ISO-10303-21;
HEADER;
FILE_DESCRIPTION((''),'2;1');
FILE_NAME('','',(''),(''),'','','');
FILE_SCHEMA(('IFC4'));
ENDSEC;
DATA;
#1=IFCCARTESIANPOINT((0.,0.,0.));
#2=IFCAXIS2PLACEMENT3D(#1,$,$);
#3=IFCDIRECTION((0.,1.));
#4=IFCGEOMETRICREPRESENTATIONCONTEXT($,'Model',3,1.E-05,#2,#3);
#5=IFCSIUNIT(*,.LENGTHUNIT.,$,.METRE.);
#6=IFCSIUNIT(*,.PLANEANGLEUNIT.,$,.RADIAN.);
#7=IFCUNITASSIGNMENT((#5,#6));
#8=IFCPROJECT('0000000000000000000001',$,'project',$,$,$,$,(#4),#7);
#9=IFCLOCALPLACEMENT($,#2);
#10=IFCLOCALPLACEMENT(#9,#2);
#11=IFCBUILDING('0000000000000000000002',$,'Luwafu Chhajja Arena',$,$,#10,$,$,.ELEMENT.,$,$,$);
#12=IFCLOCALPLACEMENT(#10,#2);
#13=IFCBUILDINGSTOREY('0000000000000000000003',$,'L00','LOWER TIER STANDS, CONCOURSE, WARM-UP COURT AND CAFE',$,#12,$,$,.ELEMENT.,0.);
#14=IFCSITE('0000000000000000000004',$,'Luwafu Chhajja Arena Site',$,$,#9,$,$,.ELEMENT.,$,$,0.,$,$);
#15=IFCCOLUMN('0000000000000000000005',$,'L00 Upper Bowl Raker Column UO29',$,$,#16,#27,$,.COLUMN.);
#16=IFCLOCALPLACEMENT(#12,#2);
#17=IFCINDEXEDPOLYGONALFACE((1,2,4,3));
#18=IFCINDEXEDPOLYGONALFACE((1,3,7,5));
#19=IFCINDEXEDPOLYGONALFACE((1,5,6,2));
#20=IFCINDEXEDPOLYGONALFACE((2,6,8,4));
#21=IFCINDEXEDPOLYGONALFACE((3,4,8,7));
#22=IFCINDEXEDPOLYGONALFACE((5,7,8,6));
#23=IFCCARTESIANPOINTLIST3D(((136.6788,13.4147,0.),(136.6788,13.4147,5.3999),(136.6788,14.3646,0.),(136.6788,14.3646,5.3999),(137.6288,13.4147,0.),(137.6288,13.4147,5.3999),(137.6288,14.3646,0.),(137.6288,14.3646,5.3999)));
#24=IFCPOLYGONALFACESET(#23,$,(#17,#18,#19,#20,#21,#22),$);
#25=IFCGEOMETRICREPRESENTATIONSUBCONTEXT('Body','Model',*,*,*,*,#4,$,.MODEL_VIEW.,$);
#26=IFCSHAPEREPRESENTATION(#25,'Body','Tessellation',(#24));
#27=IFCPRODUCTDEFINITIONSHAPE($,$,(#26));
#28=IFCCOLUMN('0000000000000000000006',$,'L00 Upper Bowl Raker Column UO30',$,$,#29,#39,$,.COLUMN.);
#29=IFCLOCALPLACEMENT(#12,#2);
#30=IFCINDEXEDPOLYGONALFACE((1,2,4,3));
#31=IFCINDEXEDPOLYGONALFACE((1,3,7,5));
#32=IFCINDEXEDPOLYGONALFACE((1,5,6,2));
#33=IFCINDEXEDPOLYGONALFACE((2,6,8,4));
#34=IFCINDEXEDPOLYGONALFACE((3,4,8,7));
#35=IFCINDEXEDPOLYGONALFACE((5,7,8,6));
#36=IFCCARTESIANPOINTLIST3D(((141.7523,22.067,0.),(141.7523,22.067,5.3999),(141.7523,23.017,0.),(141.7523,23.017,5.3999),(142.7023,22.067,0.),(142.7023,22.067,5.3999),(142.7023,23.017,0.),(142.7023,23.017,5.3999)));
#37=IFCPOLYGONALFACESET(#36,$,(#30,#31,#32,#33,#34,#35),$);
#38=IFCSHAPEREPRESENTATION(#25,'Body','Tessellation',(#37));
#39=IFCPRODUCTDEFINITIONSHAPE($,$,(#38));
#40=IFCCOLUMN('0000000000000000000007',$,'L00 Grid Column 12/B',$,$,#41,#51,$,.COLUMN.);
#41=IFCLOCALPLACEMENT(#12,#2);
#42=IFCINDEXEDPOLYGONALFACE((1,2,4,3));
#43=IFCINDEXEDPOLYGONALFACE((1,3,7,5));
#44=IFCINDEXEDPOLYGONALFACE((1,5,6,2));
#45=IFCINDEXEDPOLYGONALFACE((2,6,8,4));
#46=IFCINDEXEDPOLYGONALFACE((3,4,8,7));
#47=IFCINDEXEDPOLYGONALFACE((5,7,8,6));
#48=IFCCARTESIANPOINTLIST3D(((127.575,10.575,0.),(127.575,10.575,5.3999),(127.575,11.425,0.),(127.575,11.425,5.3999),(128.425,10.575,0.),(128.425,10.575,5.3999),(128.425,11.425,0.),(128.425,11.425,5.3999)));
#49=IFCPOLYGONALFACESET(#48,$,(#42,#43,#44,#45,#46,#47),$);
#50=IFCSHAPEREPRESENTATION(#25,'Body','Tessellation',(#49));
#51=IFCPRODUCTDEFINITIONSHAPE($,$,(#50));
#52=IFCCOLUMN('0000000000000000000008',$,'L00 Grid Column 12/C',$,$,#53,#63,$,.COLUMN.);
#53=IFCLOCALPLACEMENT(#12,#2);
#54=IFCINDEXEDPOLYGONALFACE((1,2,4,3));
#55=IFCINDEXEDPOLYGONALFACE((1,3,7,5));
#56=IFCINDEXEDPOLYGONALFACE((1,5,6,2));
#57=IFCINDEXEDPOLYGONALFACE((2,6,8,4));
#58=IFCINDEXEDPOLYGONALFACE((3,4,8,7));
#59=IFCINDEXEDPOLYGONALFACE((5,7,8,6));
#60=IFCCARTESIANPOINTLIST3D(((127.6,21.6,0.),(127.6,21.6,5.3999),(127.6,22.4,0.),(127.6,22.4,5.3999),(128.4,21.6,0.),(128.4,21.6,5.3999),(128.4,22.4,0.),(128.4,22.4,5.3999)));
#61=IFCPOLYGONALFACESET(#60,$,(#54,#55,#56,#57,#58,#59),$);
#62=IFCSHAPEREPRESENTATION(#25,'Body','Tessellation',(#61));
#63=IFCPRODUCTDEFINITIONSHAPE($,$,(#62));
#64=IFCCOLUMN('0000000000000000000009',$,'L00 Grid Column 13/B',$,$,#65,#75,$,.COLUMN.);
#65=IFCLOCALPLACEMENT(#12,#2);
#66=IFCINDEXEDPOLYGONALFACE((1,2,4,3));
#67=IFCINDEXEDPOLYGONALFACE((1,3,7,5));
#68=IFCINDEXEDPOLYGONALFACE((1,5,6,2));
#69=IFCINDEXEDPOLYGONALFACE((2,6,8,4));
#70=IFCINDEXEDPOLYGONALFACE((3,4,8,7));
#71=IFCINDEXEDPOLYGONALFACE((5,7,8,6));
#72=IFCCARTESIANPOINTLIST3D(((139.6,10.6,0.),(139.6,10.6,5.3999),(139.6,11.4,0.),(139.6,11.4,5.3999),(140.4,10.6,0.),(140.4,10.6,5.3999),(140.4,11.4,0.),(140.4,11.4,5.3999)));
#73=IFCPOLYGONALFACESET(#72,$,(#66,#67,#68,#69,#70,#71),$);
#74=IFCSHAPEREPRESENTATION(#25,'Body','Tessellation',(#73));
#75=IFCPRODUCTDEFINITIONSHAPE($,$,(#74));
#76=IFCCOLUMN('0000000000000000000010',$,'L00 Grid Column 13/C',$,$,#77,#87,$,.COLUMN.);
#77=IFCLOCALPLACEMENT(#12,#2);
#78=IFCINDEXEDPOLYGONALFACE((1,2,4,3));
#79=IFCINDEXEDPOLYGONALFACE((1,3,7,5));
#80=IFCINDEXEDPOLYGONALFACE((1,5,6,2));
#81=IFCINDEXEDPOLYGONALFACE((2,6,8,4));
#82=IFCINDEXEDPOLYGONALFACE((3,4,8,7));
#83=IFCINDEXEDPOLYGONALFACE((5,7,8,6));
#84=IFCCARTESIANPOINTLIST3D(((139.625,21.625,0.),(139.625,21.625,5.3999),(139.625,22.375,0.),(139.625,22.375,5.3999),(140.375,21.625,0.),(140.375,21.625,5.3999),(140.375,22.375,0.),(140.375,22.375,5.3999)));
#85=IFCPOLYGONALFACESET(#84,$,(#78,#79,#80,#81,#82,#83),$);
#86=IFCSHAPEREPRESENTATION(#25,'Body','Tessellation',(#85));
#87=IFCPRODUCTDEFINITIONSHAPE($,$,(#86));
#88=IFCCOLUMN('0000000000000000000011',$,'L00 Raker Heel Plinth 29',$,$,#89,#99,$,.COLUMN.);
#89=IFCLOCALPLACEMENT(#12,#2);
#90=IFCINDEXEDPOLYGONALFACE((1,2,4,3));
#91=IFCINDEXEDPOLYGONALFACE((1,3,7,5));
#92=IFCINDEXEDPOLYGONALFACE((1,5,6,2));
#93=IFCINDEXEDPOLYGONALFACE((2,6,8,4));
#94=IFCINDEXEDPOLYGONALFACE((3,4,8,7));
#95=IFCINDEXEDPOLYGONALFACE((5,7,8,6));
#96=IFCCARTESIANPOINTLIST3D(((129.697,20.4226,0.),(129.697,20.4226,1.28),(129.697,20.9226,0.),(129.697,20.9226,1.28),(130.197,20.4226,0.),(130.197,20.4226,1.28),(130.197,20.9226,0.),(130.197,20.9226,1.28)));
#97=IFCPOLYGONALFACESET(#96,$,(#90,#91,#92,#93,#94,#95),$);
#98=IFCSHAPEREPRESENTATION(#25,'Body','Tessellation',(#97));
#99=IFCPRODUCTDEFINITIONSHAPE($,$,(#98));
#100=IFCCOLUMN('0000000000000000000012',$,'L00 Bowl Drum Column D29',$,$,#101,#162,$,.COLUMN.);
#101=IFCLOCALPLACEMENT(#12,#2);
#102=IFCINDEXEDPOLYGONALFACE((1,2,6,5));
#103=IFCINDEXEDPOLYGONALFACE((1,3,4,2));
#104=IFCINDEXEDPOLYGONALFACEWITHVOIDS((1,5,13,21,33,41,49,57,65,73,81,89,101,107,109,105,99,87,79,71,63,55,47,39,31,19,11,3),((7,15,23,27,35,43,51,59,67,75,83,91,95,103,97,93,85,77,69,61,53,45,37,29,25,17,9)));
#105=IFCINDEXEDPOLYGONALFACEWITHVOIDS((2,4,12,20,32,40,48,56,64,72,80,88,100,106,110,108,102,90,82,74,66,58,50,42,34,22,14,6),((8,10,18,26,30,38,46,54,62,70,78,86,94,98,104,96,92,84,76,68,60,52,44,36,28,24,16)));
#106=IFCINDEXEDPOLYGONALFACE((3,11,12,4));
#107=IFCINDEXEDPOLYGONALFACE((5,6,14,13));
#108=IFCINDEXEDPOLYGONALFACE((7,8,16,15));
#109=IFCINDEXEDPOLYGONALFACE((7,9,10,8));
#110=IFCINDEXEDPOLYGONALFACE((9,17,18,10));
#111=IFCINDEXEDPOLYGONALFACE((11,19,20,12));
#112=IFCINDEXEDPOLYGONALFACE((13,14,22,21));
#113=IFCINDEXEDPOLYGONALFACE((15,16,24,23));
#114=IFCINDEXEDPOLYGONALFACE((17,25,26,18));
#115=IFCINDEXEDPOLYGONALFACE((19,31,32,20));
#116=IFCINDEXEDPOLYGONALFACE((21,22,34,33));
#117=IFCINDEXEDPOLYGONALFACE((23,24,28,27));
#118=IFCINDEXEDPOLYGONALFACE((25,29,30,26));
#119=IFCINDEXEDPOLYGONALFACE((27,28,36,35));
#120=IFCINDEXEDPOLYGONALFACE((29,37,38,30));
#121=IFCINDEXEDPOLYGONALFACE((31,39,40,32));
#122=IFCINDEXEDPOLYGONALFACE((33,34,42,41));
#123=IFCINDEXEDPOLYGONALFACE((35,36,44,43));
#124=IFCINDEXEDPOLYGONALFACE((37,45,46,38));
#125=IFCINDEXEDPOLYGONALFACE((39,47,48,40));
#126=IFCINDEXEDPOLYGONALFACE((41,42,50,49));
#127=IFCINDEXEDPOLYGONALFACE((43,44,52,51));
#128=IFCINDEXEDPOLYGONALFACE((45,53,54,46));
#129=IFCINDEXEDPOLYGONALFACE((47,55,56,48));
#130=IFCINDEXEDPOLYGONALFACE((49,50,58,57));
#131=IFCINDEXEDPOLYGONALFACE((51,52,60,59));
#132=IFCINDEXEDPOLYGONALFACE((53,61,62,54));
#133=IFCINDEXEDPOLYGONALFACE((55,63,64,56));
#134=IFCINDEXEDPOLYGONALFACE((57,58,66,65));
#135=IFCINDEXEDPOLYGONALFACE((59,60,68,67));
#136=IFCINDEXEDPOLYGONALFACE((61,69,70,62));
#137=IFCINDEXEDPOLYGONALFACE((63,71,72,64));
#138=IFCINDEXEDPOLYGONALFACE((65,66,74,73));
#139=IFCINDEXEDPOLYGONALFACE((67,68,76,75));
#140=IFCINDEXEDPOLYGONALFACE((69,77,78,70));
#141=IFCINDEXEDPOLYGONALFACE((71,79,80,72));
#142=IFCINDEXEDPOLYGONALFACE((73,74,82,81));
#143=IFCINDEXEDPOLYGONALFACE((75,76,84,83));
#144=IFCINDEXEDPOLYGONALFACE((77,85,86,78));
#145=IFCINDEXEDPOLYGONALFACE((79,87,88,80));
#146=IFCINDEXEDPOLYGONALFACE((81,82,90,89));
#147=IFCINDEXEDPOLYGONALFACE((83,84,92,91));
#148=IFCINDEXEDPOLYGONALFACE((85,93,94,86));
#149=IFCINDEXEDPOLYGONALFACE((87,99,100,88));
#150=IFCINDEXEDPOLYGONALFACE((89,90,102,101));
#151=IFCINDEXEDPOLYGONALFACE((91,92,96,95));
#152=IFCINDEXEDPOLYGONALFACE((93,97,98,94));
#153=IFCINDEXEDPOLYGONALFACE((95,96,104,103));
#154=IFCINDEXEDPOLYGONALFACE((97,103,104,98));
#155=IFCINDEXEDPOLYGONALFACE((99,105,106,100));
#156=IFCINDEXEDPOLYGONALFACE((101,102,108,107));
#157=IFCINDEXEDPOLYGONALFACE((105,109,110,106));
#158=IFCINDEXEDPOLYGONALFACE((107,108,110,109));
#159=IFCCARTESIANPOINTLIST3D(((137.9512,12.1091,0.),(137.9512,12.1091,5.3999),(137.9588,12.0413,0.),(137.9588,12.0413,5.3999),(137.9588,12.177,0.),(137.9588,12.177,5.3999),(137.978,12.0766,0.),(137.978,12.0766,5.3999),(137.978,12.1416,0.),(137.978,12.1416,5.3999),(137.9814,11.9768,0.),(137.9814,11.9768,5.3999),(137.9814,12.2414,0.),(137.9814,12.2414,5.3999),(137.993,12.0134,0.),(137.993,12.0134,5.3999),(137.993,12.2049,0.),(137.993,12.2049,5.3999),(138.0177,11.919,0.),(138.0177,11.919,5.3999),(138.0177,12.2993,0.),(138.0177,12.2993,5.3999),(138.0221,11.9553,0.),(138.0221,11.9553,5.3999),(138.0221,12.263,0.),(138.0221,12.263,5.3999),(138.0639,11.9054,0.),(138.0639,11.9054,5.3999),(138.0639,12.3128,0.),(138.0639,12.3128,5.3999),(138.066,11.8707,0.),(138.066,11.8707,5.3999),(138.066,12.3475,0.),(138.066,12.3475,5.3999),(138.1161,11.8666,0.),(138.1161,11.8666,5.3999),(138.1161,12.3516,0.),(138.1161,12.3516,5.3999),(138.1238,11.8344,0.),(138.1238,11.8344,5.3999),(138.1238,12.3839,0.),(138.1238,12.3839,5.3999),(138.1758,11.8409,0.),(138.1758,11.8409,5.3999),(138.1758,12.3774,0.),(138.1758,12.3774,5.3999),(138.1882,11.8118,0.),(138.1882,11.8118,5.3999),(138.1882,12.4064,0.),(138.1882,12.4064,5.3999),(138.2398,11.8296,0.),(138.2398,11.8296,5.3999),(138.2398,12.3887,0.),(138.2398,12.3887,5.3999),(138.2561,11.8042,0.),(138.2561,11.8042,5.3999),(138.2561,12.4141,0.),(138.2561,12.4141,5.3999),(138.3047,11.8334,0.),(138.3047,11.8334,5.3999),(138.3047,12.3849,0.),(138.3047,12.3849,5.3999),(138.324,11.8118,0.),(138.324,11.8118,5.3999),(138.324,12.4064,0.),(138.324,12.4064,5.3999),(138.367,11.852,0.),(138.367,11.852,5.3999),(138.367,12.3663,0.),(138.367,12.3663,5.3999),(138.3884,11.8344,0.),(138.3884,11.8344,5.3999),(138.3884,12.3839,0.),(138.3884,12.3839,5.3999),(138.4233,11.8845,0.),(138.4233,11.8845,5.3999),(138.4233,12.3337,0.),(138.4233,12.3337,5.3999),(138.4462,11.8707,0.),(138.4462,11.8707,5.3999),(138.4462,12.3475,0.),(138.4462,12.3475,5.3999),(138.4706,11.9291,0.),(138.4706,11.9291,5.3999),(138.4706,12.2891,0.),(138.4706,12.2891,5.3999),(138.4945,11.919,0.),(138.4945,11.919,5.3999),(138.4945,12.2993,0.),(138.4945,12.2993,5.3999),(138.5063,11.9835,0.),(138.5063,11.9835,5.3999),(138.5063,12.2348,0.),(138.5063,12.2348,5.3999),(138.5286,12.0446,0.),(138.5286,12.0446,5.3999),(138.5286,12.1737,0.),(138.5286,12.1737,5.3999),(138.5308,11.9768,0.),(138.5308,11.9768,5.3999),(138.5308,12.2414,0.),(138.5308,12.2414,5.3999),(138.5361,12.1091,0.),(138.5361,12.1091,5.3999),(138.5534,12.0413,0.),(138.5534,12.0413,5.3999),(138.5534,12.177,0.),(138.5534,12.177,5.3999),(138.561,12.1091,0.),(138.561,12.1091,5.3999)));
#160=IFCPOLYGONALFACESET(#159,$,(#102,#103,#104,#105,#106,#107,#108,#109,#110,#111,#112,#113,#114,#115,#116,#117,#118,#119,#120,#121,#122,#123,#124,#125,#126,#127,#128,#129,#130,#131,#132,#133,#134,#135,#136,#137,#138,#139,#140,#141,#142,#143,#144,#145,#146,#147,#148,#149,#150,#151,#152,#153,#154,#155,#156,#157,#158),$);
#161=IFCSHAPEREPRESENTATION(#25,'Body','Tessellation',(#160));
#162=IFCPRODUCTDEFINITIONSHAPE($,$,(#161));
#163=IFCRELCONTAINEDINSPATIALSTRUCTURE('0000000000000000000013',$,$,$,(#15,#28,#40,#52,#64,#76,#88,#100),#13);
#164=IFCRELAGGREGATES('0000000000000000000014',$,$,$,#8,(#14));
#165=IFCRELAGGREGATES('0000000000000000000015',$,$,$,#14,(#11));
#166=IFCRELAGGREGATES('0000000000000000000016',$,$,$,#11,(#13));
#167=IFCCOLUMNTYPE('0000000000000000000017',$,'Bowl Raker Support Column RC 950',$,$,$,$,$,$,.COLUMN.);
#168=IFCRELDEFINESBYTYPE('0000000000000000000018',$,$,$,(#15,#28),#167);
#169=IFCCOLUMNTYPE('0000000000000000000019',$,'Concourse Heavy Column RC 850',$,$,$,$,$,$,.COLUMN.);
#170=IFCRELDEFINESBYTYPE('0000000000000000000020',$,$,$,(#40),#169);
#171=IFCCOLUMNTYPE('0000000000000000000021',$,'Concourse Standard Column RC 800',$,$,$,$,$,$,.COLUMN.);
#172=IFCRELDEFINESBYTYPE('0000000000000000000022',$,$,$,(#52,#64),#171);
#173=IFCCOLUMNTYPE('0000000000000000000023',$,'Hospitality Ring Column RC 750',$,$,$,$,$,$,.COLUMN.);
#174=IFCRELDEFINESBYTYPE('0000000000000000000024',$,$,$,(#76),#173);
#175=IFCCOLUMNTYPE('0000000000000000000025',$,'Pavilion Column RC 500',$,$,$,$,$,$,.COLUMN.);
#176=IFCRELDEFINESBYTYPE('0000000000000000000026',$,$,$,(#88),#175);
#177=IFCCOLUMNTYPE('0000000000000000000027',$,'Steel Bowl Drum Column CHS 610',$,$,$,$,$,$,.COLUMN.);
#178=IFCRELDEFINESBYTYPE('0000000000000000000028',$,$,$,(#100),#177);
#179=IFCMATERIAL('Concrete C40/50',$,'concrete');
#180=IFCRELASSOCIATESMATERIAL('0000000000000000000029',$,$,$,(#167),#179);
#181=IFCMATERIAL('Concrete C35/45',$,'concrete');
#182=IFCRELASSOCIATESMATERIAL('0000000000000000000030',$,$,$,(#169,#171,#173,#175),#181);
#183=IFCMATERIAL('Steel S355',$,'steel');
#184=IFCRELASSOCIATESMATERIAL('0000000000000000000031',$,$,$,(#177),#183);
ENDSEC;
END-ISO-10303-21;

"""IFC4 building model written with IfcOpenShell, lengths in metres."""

from ifc_helpers import new_model, si_unit, direction, frame, origin, origin_2d, place, context, subcontext, project, spatial, rectangle, hollow_circle, extrude, material, material_profile, profile_set, type_object, element, save


model = new_model("IFC4")

# Units and contexts
model_context = context("Model", 3, precision=1e-05, world=origin(), true_north=direction((0.0, 1.0)))
body_context = subcontext(model_context, "Body", "Model", "MODEL_VIEW")
ifc_project = project(units=[si_unit("LENGTHUNIT", "METRE"), si_unit("PLANEANGLEUNIT", "RADIAN")], contexts=[model_context])

# Site, building, storey
site_placement = place(None, origin())
site = spatial("IfcSite", under=ifc_project, at=site_placement, Name="Luwafu Chhajja Arena Site", CompositionType="ELEMENT", RefElevation=0.0)
building_placement = place(site_placement, origin())
building = spatial("IfcBuilding", under=site, at=building_placement, Name="Luwafu Chhajja Arena", CompositionType="ELEMENT")
storey_placement = place(building_placement, origin())
storey = spatial("IfcBuildingStorey", under=building, at=storey_placement, Name="L00", Description="LOWER TIER STANDS, CONCOURSE, WARM-UP COURT AND CAFE", CompositionType="ELEMENT", Elevation=0.0)

# Columns
ifc_material_1 = material(Name="Concrete C40/50", Category="concrete")
ifc_material_profile_1 = material_profile(ifc_material_1, rectangle(XDim=0.95, YDim=0.95, at=origin_2d()), Name="RC 950x950")
ifc_profile_set_1 = profile_set([ifc_material_profile_1], Name="Concrete C40/50")
column_type_1 = type_object("IfcColumnType", Name="Bowl Raker Support Column RC 950", PredefinedType="COLUMN", material=ifc_profile_set_1)
for number, where, z_axis, x_axis, name in (
    (1, (137.1538, 13.8896, 0.0), (0.0, 0.0, 1.0), (1.0, 0.0, 0.0), "L00 Upper Bowl Raker Column UO29"),
    (2, (142.2273, 22.542, 0.0), (0.0, 0.0, 1.0), (1.0, 0.0, 0.0), "L00 Upper Bowl Raker Column UO30"),
):
    element("IfcColumn", number, at=place(storey_placement, frame(where, z_axis=z_axis, x_axis=x_axis)), inside=storey, type_object=column_type_1, Name=name, PredefinedType="COLUMN", context=body_context, shape_type="SweptSolid", body=[
        extrude(rectangle(XDim=0.95, YDim=0.95, at=origin_2d()), origin(), (0.0, 0.0, 1.0), 5.3999),
    ])
ifc_material_2 = material(Name="Concrete C35/45", Category="concrete")
ifc_material_profile_2 = material_profile(ifc_material_2, rectangle(XDim=0.8501, YDim=0.8501, at=origin_2d()), Name="RC 850x850")
ifc_profile_set_2 = profile_set([ifc_material_profile_2], Name="Concrete C35/45")
column_type_2 = type_object("IfcColumnType", Name="Concourse Heavy Column RC 850", PredefinedType="COLUMN", material=ifc_profile_set_2)
column_1_placement = place(storey_placement, frame((128.0, 11.0, 0.0), z_axis=(0.0, 0.0, 1.0), x_axis=(1.0, 0.0, 0.0)))
element("IfcColumn", 3, at=column_1_placement, inside=storey, type_object=column_type_2, Name="L00 Grid Column 12/B", PredefinedType="COLUMN", context=body_context, shape_type="SweptSolid", body=[
    extrude(rectangle(XDim=0.8501, YDim=0.8501, at=origin_2d()), origin(), (0.0, 0.0, 1.0), 5.3999),
])
ifc_material_profile_3 = material_profile(ifc_material_2, rectangle(XDim=0.8, YDim=0.8, at=origin_2d()), Name="RC 800x800")
ifc_profile_set_3 = profile_set([ifc_material_profile_3], Name="Concrete C35/45")
column_type_3 = type_object("IfcColumnType", Name="Concourse Standard Column RC 800", PredefinedType="COLUMN", material=ifc_profile_set_3)
for number, where, z_axis, x_axis, name in (
    (4, (128.0, 22.0, 0.0), (0.0, 0.0, 1.0), (1.0, 0.0, 0.0), "L00 Grid Column 12/C"),
    (5, (140.0, 11.0, 0.0), (0.0, 0.0, 1.0), (1.0, 0.0, 0.0), "L00 Grid Column 13/B"),
):
    element("IfcColumn", number, at=place(storey_placement, frame(where, z_axis=z_axis, x_axis=x_axis)), inside=storey, type_object=column_type_3, Name=name, PredefinedType="COLUMN", context=body_context, shape_type="SweptSolid", body=[
        extrude(rectangle(XDim=0.8, YDim=0.8, at=origin_2d()), origin(), (0.0, 0.0, 1.0), 5.3999),
    ])
ifc_material_profile_4 = material_profile(ifc_material_2, rectangle(XDim=0.75, YDim=0.75, at=origin_2d()), Name="RC 750x750")
ifc_profile_set_4 = profile_set([ifc_material_profile_4], Name="Concrete C35/45")
column_type_4 = type_object("IfcColumnType", Name="Hospitality Ring Column RC 750", PredefinedType="COLUMN", material=ifc_profile_set_4)
column_2_placement = place(storey_placement, frame((140.0, 22.0, 0.0), z_axis=(0.0, 0.0, 1.0), x_axis=(1.0, 0.0, 0.0)))
element("IfcColumn", 6, at=column_2_placement, inside=storey, type_object=column_type_4, Name="L00 Grid Column 13/C", PredefinedType="COLUMN", context=body_context, shape_type="SweptSolid", body=[
    extrude(rectangle(XDim=0.75, YDim=0.75, at=origin_2d()), origin(), (0.0, 0.0, 1.0), 5.3999),
])
ifc_material_profile_5 = material_profile(ifc_material_2, rectangle(XDim=0.5, YDim=0.5, at=origin_2d()), Name="RC 500x500")
ifc_profile_set_5 = profile_set([ifc_material_profile_5], Name="Concrete C35/45")
column_type_5 = type_object("IfcColumnType", Name="Pavilion Column RC 500", PredefinedType="COLUMN", material=ifc_profile_set_5)
column_3_placement = place(storey_placement, frame((129.947, 20.6726, 0.0), z_axis=(0.0, 0.0, 1.0), x_axis=(1.0, 0.0, 0.0)))
element("IfcColumn", 7, at=column_3_placement, inside=storey, type_object=column_type_5, Name="L00 Raker Heel Plinth 29", PredefinedType="COLUMN", context=body_context, shape_type="SweptSolid", body=[
    extrude(rectangle(XDim=0.5, YDim=0.5, at=origin_2d()), origin(), (0.0, 0.0, 1.0), 1.28),
])
ifc_material_3 = material(Name="Steel S355", Category="steel")
ifc_material_profile_6 = material_profile(ifc_material_3, hollow_circle(Radius=0.3049, WallThickness=0.0249, at=origin_2d()), Name="CHS 610x25")
ifc_profile_set_6 = profile_set([ifc_material_profile_6], Name="Steel S355")
column_type_6 = type_object("IfcColumnType", Name="Steel Bowl Drum Column CHS 610", PredefinedType="COLUMN", material=ifc_profile_set_6)
for number, where, z_axis, x_axis, name in (
    (8, (138.2561, 12.1091, 0.0), (0.0, 0.0, 1.0), (1.0, 0.0, 0.0), "L00 Bowl Drum Column D29"),
):
    element("IfcColumn", number, at=place(storey_placement, frame(where, z_axis=z_axis, x_axis=x_axis)), inside=storey, type_object=column_type_6, Name=name, PredefinedType="COLUMN", context=body_context, shape_type="SweptSolid", body=[
        extrude(hollow_circle(Radius=0.3049, WallThickness=0.0249, at=origin_2d()), origin(), (0.0, 0.0, 1.0), 5.3999),
    ])

save(model, "model.ifc")
